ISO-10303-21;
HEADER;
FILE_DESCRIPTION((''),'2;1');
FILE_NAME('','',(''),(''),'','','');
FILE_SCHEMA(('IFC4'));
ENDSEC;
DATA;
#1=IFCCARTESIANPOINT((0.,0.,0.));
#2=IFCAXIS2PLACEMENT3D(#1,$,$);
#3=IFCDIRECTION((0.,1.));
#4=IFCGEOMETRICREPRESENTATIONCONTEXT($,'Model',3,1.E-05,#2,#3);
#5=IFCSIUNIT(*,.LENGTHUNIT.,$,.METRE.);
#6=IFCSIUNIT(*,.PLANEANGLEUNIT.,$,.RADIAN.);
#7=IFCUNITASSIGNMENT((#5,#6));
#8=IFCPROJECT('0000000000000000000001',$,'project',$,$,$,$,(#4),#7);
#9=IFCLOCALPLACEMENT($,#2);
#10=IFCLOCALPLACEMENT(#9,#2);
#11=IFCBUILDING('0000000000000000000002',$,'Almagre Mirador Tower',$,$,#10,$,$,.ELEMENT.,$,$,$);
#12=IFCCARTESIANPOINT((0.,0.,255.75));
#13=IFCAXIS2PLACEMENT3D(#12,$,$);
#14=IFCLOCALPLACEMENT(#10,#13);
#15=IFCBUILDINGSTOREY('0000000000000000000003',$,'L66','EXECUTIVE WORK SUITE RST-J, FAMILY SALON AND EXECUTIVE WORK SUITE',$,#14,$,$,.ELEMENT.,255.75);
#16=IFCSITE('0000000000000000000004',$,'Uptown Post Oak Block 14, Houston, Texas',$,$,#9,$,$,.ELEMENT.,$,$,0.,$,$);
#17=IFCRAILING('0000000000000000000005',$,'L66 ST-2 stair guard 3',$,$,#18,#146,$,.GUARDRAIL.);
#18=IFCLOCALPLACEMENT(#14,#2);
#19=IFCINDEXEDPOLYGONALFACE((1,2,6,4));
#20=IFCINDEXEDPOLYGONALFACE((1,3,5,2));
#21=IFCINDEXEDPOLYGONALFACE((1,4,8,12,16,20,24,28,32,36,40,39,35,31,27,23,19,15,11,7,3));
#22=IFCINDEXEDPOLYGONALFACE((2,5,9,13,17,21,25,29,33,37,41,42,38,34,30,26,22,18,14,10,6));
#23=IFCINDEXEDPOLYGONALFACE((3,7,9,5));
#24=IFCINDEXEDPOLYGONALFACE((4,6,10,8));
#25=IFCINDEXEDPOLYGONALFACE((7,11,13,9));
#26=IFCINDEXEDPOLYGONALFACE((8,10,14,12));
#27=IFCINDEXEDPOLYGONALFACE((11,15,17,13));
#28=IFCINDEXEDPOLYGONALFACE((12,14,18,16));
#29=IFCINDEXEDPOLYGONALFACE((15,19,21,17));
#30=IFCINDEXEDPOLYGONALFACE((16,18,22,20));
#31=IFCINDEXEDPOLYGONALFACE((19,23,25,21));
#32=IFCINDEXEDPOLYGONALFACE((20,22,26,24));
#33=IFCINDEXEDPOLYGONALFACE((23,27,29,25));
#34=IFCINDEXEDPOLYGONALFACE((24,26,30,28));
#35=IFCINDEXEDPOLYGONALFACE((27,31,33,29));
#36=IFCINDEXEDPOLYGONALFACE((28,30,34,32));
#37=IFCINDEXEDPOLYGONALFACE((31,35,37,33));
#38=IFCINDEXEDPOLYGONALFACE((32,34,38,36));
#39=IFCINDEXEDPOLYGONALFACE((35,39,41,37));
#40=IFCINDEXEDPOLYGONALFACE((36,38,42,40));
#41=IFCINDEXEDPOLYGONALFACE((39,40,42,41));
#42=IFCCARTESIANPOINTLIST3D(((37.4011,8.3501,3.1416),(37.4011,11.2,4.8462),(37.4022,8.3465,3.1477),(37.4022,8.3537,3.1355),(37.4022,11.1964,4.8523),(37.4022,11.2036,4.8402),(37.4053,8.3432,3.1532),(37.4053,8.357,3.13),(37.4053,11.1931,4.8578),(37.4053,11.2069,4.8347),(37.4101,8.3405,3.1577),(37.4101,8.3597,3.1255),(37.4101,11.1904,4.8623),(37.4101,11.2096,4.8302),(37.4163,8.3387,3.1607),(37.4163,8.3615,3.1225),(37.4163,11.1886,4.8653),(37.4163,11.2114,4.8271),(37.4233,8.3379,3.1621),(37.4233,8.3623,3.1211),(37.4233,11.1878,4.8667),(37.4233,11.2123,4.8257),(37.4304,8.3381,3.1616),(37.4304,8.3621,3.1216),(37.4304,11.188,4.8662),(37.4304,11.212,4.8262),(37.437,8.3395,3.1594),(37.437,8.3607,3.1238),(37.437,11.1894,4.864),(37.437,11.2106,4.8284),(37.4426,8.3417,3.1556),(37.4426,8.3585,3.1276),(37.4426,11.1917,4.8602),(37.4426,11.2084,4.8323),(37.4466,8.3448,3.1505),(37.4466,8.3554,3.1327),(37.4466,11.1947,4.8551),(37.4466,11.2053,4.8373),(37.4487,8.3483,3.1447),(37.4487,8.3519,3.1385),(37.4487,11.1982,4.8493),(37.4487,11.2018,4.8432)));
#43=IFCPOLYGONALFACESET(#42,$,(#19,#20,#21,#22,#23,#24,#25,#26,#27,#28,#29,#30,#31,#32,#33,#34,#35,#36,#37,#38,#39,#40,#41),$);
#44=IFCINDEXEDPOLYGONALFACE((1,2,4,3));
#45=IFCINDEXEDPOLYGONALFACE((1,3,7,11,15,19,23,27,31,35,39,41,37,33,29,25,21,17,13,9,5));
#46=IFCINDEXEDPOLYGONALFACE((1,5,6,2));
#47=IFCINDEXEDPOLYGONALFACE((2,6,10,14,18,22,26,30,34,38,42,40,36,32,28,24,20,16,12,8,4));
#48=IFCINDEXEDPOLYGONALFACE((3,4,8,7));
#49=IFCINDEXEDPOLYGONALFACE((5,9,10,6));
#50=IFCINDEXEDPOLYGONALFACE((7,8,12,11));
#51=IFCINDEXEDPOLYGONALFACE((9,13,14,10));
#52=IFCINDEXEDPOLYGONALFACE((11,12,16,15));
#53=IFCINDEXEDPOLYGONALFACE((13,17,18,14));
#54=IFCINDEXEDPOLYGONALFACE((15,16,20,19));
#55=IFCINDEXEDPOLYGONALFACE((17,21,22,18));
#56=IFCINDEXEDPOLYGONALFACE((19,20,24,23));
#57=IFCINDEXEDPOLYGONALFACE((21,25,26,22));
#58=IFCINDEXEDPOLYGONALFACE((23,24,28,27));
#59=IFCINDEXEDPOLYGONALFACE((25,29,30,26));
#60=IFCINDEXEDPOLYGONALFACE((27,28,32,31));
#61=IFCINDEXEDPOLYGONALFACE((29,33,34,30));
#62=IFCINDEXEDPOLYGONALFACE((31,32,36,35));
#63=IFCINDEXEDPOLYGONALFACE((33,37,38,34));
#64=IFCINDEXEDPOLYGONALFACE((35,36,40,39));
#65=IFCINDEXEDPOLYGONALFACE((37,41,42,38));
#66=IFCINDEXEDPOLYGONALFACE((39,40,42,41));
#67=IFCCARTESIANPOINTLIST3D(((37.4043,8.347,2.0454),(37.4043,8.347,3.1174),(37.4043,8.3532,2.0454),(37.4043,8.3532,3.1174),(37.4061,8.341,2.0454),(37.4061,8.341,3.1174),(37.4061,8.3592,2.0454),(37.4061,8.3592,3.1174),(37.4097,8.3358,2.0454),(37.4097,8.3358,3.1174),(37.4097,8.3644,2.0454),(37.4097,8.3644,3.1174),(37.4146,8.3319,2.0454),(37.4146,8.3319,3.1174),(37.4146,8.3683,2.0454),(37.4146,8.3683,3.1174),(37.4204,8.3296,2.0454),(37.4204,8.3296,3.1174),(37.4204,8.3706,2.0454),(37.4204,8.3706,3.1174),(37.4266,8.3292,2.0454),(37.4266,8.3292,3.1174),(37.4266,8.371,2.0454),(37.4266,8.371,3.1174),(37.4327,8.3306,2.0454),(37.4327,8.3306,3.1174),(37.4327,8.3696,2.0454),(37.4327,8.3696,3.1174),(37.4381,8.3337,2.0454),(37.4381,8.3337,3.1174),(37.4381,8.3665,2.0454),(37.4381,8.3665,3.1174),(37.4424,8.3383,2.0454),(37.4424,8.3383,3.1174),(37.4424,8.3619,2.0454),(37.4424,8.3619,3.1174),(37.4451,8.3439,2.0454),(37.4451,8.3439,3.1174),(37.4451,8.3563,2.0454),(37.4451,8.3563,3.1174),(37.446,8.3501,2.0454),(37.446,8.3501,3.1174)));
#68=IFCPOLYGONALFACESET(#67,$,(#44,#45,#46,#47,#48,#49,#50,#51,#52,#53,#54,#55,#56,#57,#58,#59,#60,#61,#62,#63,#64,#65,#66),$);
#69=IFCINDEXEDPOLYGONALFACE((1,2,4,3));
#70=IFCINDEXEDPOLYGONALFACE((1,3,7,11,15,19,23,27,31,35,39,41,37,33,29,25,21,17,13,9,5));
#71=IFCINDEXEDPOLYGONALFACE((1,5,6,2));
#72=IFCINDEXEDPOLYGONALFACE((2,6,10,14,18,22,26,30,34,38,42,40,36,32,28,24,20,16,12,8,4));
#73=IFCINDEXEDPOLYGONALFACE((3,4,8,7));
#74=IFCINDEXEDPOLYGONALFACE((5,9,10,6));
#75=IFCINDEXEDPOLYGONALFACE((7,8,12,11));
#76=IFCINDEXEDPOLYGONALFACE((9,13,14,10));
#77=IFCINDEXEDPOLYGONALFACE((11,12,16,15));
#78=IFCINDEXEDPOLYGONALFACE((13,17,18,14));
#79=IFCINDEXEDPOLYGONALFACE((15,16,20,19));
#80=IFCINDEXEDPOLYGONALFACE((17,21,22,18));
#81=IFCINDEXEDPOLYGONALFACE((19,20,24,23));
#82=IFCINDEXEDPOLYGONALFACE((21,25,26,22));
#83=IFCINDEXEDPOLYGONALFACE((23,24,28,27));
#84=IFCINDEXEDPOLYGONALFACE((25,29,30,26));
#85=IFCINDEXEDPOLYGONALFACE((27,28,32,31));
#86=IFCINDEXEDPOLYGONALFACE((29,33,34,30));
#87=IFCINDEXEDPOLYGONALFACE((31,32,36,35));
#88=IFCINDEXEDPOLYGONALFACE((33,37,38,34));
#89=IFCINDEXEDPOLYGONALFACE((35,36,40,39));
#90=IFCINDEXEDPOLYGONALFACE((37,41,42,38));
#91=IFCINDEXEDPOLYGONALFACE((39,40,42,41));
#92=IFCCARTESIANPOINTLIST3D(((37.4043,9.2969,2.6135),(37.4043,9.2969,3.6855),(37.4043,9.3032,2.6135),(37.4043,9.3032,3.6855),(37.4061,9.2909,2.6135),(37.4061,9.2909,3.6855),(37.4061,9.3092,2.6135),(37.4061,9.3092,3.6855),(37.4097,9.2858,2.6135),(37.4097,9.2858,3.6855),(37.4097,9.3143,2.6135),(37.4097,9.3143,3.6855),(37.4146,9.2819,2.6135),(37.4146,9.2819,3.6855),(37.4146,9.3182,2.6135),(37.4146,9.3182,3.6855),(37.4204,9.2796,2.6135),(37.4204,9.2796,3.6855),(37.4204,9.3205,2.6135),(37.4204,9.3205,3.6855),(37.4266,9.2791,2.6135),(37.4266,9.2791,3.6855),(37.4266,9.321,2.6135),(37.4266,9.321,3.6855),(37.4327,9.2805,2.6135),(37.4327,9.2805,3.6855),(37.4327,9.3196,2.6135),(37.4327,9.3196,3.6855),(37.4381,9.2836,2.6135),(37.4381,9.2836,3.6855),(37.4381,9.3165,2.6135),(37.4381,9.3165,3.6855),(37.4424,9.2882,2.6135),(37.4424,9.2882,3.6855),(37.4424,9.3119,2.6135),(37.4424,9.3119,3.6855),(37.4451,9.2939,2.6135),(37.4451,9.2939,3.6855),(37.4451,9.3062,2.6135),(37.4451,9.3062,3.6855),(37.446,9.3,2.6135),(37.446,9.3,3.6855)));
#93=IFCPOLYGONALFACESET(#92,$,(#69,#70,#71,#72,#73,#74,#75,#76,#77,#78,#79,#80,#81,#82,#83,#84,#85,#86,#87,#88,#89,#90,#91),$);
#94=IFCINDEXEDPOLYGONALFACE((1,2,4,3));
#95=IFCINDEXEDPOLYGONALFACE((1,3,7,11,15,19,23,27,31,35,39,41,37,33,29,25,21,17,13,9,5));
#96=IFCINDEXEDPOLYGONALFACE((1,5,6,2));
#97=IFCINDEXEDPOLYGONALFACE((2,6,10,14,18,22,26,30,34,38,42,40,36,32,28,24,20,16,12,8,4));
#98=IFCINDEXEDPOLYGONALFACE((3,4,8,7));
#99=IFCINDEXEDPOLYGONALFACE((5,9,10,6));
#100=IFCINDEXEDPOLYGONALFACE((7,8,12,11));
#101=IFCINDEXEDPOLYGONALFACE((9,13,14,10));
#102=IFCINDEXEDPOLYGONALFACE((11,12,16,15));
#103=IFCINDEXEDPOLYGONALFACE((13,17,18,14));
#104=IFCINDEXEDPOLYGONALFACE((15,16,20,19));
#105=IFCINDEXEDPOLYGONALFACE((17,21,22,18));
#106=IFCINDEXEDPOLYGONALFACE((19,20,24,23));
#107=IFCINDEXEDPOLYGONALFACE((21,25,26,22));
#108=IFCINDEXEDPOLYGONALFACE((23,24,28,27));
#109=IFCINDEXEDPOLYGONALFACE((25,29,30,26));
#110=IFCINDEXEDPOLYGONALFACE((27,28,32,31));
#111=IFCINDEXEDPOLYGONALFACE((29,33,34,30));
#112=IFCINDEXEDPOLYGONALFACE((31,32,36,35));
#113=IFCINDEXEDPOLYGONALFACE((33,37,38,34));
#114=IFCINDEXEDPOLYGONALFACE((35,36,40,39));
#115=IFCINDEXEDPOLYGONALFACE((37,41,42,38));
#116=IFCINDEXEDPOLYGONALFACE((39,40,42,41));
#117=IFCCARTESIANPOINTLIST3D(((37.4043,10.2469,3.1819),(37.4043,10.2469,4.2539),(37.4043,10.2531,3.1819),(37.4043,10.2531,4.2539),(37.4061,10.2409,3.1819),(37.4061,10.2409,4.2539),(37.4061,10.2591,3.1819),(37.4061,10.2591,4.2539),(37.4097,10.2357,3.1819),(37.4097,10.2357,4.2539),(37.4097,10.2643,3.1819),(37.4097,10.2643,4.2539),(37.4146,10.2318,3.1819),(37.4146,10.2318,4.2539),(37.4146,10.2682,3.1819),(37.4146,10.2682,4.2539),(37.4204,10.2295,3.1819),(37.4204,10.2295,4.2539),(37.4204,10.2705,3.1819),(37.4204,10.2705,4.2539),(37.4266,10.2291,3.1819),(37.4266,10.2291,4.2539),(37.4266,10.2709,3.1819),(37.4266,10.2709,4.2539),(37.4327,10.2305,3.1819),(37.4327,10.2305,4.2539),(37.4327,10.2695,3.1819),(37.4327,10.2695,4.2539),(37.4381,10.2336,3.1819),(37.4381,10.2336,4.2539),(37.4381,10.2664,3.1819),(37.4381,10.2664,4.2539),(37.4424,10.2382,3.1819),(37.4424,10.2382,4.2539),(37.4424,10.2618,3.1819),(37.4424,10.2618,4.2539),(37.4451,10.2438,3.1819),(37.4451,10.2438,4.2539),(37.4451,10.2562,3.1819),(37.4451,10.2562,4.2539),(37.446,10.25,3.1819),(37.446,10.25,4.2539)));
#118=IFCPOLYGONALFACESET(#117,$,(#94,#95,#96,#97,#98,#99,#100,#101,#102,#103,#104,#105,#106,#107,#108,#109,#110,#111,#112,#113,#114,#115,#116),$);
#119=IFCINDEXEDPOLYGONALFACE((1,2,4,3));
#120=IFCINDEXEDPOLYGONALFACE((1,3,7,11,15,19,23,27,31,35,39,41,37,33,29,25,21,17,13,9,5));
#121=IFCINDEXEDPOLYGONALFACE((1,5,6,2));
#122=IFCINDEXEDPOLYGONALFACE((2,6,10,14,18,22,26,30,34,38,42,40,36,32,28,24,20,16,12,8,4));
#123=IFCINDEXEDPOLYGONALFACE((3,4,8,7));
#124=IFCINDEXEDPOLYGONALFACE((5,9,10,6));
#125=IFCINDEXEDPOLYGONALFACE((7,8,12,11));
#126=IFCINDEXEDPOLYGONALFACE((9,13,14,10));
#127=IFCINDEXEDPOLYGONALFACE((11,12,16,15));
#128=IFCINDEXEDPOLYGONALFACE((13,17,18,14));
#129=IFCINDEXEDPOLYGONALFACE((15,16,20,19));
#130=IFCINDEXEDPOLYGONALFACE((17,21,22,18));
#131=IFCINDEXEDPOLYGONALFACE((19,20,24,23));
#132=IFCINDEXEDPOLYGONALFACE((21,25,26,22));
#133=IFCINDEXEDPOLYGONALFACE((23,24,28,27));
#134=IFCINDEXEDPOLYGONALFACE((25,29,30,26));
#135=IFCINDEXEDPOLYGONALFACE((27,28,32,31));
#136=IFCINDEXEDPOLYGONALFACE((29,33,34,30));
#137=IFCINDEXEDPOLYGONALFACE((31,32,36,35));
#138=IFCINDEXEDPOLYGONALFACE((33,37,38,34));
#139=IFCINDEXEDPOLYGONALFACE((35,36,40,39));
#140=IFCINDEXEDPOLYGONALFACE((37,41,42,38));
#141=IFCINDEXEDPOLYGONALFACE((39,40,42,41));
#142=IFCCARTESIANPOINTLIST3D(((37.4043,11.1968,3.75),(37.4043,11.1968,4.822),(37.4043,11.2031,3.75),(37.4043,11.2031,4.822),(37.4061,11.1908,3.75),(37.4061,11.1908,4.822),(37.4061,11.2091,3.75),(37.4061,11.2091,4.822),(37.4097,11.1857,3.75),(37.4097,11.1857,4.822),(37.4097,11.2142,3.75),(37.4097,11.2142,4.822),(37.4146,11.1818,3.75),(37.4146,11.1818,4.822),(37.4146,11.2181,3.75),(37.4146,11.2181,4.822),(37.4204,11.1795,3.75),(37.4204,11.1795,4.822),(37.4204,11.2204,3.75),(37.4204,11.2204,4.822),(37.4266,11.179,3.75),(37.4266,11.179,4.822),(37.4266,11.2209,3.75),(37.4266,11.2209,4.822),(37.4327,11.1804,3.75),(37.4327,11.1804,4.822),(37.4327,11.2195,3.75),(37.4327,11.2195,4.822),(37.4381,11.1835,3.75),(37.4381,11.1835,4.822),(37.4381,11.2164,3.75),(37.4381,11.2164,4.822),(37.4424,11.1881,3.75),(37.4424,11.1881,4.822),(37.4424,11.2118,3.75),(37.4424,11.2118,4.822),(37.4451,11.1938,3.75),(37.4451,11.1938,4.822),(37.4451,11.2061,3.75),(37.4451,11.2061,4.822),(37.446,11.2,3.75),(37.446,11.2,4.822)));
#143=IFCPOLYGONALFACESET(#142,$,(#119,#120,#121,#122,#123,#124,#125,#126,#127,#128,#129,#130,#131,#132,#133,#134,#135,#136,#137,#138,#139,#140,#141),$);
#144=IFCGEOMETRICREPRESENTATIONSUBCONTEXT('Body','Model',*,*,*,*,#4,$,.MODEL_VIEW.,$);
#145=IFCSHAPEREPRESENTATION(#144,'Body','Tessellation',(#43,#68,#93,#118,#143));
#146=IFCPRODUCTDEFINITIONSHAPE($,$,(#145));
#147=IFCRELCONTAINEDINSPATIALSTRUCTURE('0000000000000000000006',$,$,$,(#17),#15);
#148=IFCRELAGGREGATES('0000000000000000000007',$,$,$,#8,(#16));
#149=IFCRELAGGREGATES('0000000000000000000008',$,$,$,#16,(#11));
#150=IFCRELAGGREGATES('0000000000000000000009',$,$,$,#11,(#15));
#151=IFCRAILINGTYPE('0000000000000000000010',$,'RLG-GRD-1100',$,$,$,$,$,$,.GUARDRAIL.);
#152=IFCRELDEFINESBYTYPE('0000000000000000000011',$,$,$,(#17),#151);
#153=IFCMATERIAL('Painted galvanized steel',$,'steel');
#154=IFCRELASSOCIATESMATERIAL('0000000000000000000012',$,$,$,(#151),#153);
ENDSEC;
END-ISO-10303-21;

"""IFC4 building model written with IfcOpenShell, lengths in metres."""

from ifc_helpers import new_model, si_unit, direction, frame, origin, origin_2d, place, context, subcontext, project, spatial, circle, extrude, material, type_object, element, save


model = new_model("IFC4")

# Units and contexts
model_context = context("Model", 3, precision=1e-05, world=origin(), true_north=direction((0.0, 1.0)))
body_context = subcontext(model_context, "Body", "Model", "MODEL_VIEW")
ifc_project = project(units=[si_unit("LENGTHUNIT", "METRE"), si_unit("PLANEANGLEUNIT", "RADIAN")], contexts=[model_context])

# Site, building, storey
site_placement = place(None, origin())
site = spatial("IfcSite", under=ifc_project, at=site_placement, Name="Uptown Post Oak Block 14, Houston, Texas", CompositionType="ELEMENT", RefElevation=0.0)
building_placement = place(site_placement, origin())
building = spatial("IfcBuilding", under=site, at=building_placement, Name="Almagre Mirador Tower", CompositionType="ELEMENT")
storey_placement = place(building_placement, frame((0.0, 0.0, 255.75)))
storey = spatial("IfcBuildingStorey", under=building, at=storey_placement, Name="L66", Description="EXECUTIVE WORK SUITE RST-J, FAMILY SALON AND EXECUTIVE WORK SUITE", CompositionType="ELEMENT", Elevation=255.75)

# Railing
ifc_material_1 = material(Name="Painted galvanized steel", Category="steel")
railing_type_1 = type_object("IfcRailingType", Name="RLG-GRD-1100", PredefinedType="GUARDRAIL", material=ifc_material_1)
railing_1_placement = place(storey_placement, frame((37.425, 8.3501, 2.0454)))
element("IfcRailing", 1, at=railing_1_placement, inside=storey, type_object=railing_type_1, Name="L66 ST-2 stair guard 3", PredefinedType="GUARDRAIL", context=body_context, shape_type="SweptSolid", body=[
    extrude(circle(Radius=0.0239, at=origin_2d()), frame((0.0, 0.0, 1.0962), z_axis=(0.0, 0.858199, 0.513317), x_axis=(-1.0, 0.0, 0.0)), (0.0, 0.0, 1.0), 3.3208),
    extrude(circle(Radius=0.021, at=origin_2d()), origin(), (0.0, 0.0, 1.0), 1.072),
    extrude(circle(Radius=0.021, at=origin_2d()), frame((0.0, 0.95, 0.5681)), (0.0, 0.0, 1.0), 1.072),
    extrude(circle(Radius=0.021, at=origin_2d()), frame((0.0, 1.8999, 1.1365)), (0.0, 0.0, 1.0), 1.072),
    extrude(circle(Radius=0.021, at=origin_2d()), frame((0.0, 2.8499, 1.7046)), (0.0, 0.0, 1.0), 1.072),
])

save(model, "model.ifc")
